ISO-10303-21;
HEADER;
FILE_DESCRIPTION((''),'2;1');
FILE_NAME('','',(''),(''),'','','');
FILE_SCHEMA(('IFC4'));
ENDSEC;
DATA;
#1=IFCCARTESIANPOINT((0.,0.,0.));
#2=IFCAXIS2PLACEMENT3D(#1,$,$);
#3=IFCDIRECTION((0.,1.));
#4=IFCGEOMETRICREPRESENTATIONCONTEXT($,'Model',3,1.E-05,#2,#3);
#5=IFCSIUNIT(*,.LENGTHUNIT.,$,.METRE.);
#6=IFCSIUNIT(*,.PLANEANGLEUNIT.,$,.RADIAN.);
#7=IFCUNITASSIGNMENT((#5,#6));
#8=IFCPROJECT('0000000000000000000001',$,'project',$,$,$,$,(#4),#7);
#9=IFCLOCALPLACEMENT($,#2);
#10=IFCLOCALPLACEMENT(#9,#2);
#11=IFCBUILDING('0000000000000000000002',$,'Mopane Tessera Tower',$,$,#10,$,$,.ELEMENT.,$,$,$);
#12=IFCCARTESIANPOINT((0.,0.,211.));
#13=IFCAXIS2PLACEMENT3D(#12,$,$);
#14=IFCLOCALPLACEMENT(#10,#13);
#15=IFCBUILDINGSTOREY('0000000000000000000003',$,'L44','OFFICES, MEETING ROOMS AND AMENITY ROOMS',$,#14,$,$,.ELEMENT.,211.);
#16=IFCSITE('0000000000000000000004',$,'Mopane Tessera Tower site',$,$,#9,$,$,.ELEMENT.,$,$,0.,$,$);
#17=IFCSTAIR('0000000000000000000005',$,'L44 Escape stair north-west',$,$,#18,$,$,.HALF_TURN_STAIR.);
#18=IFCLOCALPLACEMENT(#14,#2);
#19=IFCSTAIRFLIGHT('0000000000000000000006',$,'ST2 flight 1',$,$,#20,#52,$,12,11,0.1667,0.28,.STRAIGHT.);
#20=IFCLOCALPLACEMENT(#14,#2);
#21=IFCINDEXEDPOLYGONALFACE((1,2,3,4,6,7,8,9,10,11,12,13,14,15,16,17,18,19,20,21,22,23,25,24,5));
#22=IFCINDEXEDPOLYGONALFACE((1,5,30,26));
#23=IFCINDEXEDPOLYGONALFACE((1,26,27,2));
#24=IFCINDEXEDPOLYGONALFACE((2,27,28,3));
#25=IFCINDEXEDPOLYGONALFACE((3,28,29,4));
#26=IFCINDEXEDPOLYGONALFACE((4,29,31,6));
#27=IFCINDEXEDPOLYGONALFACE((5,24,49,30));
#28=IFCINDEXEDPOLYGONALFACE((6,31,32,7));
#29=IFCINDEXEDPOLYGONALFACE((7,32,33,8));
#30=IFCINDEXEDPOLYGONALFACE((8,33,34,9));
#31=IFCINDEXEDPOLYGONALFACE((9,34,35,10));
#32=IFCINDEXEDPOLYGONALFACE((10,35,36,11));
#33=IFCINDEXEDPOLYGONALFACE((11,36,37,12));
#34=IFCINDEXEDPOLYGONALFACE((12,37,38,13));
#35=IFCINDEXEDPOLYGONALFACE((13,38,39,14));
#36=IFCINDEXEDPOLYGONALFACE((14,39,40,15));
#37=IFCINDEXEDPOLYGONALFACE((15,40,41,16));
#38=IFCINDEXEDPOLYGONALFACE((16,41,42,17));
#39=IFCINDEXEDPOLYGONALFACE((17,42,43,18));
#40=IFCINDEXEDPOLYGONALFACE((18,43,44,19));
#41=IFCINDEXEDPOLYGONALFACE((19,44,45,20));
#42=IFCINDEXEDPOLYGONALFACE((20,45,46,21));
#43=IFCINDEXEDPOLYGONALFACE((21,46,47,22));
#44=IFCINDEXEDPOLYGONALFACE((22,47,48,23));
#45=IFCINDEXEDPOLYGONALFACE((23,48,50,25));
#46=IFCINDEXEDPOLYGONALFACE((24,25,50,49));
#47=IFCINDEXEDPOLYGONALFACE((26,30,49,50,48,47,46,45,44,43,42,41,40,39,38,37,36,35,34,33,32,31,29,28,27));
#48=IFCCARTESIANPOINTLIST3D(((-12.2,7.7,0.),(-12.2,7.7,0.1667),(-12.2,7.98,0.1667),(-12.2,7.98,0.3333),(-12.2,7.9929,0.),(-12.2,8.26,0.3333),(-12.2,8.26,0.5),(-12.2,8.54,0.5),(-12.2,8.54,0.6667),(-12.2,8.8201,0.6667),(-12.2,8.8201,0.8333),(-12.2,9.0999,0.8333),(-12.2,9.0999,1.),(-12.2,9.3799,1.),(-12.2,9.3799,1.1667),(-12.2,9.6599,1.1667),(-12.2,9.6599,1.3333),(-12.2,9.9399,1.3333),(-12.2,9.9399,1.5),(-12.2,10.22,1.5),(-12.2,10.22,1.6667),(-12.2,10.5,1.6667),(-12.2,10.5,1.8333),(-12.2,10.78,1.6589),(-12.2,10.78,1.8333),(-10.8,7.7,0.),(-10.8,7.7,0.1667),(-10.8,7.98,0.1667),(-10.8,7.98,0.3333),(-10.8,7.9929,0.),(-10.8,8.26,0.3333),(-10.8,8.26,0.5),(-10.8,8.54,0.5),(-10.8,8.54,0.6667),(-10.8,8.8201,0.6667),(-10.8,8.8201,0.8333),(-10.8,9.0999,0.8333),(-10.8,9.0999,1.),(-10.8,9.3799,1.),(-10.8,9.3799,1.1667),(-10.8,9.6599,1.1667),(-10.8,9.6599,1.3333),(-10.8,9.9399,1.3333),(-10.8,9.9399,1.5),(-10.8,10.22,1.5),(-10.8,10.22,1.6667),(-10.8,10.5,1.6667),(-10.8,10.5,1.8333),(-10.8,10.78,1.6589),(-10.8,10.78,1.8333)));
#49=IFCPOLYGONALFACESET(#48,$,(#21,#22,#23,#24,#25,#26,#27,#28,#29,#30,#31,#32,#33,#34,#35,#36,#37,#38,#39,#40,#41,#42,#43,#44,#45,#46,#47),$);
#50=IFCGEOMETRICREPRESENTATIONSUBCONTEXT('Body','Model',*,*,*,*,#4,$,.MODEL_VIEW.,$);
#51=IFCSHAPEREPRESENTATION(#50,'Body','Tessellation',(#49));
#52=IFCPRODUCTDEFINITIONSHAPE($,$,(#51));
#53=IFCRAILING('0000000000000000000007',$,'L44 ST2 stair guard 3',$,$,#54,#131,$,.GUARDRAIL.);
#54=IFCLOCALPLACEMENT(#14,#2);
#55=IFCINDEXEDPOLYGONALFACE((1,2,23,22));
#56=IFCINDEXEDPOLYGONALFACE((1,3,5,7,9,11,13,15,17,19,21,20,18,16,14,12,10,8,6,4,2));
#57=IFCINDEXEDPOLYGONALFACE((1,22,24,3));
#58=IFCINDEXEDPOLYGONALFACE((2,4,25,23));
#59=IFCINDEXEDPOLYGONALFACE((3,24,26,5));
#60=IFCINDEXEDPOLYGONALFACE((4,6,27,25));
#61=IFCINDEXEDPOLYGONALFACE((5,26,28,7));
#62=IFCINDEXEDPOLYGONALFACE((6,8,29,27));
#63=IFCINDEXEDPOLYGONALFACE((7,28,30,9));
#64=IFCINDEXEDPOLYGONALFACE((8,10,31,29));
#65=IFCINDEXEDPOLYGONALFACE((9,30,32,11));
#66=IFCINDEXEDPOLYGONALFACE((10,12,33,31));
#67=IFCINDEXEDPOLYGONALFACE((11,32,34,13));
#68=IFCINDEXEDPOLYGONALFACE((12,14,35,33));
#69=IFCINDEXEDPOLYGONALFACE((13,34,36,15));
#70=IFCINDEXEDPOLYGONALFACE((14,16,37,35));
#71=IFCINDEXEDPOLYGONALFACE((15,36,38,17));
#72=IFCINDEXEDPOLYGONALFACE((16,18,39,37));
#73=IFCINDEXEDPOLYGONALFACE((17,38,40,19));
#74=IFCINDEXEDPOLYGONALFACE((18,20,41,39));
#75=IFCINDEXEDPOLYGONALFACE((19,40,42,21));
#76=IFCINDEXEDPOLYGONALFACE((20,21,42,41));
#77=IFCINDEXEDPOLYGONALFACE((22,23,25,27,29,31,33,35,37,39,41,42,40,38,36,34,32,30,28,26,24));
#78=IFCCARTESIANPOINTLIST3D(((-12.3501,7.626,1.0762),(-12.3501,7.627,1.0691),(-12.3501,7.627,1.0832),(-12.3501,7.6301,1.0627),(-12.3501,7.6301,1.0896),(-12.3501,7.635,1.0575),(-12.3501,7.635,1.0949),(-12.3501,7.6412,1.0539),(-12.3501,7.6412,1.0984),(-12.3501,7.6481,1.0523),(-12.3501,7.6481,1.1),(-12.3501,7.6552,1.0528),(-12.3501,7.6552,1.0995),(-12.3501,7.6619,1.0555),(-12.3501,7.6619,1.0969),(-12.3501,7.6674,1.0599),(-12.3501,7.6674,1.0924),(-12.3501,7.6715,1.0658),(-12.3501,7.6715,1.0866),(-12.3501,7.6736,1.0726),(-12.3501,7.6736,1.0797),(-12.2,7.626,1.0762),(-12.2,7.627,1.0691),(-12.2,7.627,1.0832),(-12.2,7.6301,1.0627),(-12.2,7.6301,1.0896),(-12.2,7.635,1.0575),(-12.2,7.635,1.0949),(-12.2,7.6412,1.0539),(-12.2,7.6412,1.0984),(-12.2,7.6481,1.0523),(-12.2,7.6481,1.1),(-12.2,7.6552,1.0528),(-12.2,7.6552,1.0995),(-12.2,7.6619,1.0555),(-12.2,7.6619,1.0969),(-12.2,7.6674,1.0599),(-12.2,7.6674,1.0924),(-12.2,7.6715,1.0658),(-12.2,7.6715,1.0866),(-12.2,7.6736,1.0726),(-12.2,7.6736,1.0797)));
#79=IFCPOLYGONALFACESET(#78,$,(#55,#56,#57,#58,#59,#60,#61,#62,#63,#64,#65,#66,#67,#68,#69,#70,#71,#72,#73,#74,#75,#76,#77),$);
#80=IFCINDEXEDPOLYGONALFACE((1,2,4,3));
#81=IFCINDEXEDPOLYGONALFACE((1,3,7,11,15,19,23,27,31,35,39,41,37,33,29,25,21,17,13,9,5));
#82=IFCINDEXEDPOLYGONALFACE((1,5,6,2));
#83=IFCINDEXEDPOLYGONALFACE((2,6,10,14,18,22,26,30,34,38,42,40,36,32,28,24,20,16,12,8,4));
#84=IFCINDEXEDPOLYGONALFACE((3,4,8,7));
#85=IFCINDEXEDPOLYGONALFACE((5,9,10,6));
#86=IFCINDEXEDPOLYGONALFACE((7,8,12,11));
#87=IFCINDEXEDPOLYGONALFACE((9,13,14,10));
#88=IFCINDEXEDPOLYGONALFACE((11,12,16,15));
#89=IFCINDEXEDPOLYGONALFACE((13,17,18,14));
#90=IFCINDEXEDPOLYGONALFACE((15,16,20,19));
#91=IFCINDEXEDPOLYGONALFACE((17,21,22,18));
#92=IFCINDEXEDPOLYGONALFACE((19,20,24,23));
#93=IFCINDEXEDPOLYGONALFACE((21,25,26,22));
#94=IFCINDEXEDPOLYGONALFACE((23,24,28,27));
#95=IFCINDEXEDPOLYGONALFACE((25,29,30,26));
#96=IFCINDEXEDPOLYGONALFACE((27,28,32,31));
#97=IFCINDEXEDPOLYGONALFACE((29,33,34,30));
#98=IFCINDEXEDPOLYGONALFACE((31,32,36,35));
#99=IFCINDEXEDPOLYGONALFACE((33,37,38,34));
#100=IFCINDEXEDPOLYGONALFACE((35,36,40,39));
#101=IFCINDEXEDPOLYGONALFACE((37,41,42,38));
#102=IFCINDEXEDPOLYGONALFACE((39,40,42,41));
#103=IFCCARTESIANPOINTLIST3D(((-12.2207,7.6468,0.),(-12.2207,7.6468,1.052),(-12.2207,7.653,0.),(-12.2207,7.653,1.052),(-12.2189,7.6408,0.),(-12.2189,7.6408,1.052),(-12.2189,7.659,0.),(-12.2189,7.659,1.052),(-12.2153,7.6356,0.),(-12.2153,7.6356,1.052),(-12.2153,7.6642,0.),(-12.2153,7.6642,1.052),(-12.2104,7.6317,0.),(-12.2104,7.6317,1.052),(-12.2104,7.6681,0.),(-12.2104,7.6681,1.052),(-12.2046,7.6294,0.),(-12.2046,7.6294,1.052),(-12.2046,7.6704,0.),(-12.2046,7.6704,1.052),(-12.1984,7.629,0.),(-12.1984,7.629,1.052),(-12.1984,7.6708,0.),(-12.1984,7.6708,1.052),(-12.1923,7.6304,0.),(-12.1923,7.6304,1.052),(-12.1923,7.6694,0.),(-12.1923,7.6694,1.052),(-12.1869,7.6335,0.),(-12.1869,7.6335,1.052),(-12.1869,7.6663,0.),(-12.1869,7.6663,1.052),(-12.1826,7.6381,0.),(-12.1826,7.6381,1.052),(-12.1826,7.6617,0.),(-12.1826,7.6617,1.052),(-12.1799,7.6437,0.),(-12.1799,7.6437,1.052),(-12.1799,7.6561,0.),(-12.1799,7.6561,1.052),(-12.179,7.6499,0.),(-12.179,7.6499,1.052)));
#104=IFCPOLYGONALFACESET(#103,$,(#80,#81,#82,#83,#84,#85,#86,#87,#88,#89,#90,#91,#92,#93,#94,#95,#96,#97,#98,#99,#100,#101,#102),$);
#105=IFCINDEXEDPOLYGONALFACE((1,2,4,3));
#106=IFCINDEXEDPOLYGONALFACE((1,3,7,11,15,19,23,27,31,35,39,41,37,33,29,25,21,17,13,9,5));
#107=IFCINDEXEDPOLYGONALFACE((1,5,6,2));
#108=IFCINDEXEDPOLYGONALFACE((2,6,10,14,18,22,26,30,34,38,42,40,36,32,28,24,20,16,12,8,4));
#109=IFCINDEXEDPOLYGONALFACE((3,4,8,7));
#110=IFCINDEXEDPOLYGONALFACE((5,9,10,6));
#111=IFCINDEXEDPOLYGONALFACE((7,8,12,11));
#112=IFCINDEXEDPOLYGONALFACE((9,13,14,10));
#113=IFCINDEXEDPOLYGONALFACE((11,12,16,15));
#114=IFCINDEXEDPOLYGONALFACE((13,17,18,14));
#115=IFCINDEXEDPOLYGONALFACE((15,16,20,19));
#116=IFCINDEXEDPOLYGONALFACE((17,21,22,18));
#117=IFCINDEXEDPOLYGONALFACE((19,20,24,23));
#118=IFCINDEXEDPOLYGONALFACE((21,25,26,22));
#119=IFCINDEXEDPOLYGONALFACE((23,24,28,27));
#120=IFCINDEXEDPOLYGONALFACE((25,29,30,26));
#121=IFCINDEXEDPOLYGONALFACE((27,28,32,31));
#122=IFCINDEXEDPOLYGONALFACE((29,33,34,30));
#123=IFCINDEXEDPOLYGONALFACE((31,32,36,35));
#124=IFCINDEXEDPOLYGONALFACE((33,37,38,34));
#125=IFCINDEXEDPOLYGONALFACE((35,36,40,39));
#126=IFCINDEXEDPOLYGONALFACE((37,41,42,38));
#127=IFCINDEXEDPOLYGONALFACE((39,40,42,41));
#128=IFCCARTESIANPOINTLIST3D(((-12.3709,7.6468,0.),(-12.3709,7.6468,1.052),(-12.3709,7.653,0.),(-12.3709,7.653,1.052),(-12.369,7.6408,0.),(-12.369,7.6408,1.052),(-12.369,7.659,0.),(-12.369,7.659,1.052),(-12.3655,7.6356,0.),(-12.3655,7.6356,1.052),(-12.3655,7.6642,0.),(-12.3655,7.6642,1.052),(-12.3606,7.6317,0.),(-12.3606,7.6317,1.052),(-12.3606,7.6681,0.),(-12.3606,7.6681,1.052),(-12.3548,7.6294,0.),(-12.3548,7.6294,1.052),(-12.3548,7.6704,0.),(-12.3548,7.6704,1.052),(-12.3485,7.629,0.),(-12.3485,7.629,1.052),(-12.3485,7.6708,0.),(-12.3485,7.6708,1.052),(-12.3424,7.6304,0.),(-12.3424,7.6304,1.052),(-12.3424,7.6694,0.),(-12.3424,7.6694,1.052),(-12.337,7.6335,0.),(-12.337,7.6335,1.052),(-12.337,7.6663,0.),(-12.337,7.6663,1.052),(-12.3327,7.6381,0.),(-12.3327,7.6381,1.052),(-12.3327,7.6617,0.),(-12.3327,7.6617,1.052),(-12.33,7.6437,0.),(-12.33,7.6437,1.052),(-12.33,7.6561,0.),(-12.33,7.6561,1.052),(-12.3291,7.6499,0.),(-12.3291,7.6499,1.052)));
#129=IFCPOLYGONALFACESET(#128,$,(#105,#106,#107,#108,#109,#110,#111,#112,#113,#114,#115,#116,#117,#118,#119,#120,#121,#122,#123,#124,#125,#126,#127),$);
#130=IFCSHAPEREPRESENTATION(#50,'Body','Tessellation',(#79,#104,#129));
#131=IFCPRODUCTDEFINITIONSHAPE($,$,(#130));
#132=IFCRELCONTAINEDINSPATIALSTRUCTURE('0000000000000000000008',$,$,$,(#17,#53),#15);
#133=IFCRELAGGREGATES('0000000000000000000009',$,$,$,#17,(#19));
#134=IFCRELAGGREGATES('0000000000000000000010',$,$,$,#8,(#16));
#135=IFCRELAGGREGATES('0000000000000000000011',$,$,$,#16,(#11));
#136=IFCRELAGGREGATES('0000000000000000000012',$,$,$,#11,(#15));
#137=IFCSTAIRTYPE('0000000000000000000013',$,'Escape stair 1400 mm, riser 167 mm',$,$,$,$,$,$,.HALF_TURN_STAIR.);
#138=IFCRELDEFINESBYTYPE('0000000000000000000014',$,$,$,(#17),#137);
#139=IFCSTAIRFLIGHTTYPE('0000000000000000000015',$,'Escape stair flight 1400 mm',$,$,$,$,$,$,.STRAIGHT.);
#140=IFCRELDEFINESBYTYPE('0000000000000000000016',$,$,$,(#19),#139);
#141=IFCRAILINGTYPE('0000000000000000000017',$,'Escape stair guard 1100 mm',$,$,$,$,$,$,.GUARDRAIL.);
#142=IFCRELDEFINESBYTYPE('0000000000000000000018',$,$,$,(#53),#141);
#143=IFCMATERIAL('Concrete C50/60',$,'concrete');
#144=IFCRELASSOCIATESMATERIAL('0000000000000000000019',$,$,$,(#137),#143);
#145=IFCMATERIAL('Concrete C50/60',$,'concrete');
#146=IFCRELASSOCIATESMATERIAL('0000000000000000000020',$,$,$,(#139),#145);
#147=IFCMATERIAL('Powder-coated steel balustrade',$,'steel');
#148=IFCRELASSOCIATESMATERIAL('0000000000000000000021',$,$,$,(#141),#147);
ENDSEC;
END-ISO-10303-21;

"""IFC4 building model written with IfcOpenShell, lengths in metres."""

from ifc_helpers import new_model, si_unit, direction, frame, origin, origin_2d, place, context, subcontext, project, spatial, polyline, circle, outline, extrude, material, type_object, element, aggregate, save


model = new_model("IFC4")

# Units and contexts
model_context = context("Model", 3, precision=1e-05, world=origin(), true_north=direction((0.0, 1.0)))
body_context = subcontext(model_context, "Body", "Model", "MODEL_VIEW")
ifc_project = project(units=[si_unit("LENGTHUNIT", "METRE"), si_unit("PLANEANGLEUNIT", "RADIAN")], contexts=[model_context])

# Site, building, storey
site_placement = place(None, origin())
site = spatial("IfcSite", under=ifc_project, at=site_placement, Name="Mopane Tessera Tower site", CompositionType="ELEMENT", RefElevation=0.0)
building_placement = place(site_placement, origin())
building = spatial("IfcBuilding", under=site, at=building_placement, Name="Mopane Tessera Tower", CompositionType="ELEMENT")
storey_placement = place(building_placement, frame((0.0, 0.0, 211.0)))
storey = spatial("IfcBuildingStorey", under=building, at=storey_placement, Name="L44", Description="OFFICES, MEETING ROOMS AND AMENITY ROOMS", CompositionType="ELEMENT", Elevation=211.0)

# Stair, stair flight
ifc_material_1 = material(Name="Concrete C50/60", Category="concrete")
stair_type = type_object("IfcStairType", Name="Escape stair 1400 mm, riser 167 mm", PredefinedType="HALF_TURN_STAIR", material=ifc_material_1)
stair_placement = place(storey_placement, origin())
stair = element("IfcStair", 1, at=stair_placement, inside=storey, type_object=stair_type, Name="L44 Escape stair north-west", PredefinedType="HALF_TURN_STAIR")
ifc_material_2 = material(Name="Concrete C50/60", Category="concrete")
stair_flight_type = type_object("IfcStairFlightType", Name="Escape stair flight 1400 mm", PredefinedType="STRAIGHT", material=ifc_material_2)
stair_flight_placement = place(storey_placement, frame((-11.5, 7.7, 0.0), z_axis=(0.0, 0.0, 1.0), x_axis=(0.0, 1.0, 0.0)))
stair_flight = element("IfcStairFlight", 2, at=stair_flight_placement, type_object=stair_flight_type, Name="ST2 flight 1", NumberOfRisers=12, NumberOfTreads=11, PredefinedType="STRAIGHT", RiserHeight=0.1667, TreadLength=0.28, context=body_context, shape_type="SweptSolid", body=[
    extrude(outline(polyline([(0.0, 0.0), (0.0, 0.1667), (0.28, 0.1667), (0.28, 0.3333), (0.5601, 0.3333), (0.5601, 0.5), (0.8401, 0.5), (0.8401, 0.6667), (1.1201, 0.6667), (1.1201, 0.8333), (1.3999, 0.8333), (1.3999, 1.0), (1.6799, 1.0), (1.6799, 1.1667), (1.96, 1.1667), (1.96, 1.3333), (2.24, 1.3333), (2.24, 1.5), (2.52, 1.5), (2.52, 1.6667), (2.8, 1.6667), (2.8, 1.8333), (3.0801, 1.8333), (3.0801, 2.0), (3.0801, 1.6589), (0.293, 0.0), (0.0, 0.0)])), frame((0.0, 0.7, 0.0), z_axis=(0.0, -1.0, 0.0), x_axis=(1.0, 0.0, 0.0)), (0.0, 0.0, 1.0), 1.3999),
])
aggregate(stair, [stair_flight])

# Railing
ifc_material_3 = material(Name="Powder-coated steel balustrade", Category="steel")
railing_type_1 = type_object("IfcRailingType", Name="Escape stair guard 1100 mm", PredefinedType="GUARDRAIL", material=ifc_material_3)
railing_1_placement = place(storey_placement, frame((-12.2, 7.6499, 0.0)))
element("IfcRailing", 3, at=railing_1_placement, inside=storey, type_object=railing_type_1, Name="L44 ST2 stair guard 3", PredefinedType="GUARDRAIL", context=body_context, shape_type="SweptSolid", body=[
    extrude(circle(Radius=0.0239, at=origin_2d()), frame((0.0, 0.0, 1.0762), z_axis=(-1.0, 0.0, 0.0), x_axis=(0.0, -1.0, 0.0)), (0.0, 0.0, 1.0), 0.1501),
    extrude(circle(Radius=0.021, at=origin_2d()), origin(), (0.0, 0.0, 1.0), 1.052),
    extrude(circle(Radius=0.021, at=origin_2d()), frame((-0.1501, 0.0, 0.0)), (0.0, 0.0, 1.0), 1.052),
])

save(model, "model.ifc")
